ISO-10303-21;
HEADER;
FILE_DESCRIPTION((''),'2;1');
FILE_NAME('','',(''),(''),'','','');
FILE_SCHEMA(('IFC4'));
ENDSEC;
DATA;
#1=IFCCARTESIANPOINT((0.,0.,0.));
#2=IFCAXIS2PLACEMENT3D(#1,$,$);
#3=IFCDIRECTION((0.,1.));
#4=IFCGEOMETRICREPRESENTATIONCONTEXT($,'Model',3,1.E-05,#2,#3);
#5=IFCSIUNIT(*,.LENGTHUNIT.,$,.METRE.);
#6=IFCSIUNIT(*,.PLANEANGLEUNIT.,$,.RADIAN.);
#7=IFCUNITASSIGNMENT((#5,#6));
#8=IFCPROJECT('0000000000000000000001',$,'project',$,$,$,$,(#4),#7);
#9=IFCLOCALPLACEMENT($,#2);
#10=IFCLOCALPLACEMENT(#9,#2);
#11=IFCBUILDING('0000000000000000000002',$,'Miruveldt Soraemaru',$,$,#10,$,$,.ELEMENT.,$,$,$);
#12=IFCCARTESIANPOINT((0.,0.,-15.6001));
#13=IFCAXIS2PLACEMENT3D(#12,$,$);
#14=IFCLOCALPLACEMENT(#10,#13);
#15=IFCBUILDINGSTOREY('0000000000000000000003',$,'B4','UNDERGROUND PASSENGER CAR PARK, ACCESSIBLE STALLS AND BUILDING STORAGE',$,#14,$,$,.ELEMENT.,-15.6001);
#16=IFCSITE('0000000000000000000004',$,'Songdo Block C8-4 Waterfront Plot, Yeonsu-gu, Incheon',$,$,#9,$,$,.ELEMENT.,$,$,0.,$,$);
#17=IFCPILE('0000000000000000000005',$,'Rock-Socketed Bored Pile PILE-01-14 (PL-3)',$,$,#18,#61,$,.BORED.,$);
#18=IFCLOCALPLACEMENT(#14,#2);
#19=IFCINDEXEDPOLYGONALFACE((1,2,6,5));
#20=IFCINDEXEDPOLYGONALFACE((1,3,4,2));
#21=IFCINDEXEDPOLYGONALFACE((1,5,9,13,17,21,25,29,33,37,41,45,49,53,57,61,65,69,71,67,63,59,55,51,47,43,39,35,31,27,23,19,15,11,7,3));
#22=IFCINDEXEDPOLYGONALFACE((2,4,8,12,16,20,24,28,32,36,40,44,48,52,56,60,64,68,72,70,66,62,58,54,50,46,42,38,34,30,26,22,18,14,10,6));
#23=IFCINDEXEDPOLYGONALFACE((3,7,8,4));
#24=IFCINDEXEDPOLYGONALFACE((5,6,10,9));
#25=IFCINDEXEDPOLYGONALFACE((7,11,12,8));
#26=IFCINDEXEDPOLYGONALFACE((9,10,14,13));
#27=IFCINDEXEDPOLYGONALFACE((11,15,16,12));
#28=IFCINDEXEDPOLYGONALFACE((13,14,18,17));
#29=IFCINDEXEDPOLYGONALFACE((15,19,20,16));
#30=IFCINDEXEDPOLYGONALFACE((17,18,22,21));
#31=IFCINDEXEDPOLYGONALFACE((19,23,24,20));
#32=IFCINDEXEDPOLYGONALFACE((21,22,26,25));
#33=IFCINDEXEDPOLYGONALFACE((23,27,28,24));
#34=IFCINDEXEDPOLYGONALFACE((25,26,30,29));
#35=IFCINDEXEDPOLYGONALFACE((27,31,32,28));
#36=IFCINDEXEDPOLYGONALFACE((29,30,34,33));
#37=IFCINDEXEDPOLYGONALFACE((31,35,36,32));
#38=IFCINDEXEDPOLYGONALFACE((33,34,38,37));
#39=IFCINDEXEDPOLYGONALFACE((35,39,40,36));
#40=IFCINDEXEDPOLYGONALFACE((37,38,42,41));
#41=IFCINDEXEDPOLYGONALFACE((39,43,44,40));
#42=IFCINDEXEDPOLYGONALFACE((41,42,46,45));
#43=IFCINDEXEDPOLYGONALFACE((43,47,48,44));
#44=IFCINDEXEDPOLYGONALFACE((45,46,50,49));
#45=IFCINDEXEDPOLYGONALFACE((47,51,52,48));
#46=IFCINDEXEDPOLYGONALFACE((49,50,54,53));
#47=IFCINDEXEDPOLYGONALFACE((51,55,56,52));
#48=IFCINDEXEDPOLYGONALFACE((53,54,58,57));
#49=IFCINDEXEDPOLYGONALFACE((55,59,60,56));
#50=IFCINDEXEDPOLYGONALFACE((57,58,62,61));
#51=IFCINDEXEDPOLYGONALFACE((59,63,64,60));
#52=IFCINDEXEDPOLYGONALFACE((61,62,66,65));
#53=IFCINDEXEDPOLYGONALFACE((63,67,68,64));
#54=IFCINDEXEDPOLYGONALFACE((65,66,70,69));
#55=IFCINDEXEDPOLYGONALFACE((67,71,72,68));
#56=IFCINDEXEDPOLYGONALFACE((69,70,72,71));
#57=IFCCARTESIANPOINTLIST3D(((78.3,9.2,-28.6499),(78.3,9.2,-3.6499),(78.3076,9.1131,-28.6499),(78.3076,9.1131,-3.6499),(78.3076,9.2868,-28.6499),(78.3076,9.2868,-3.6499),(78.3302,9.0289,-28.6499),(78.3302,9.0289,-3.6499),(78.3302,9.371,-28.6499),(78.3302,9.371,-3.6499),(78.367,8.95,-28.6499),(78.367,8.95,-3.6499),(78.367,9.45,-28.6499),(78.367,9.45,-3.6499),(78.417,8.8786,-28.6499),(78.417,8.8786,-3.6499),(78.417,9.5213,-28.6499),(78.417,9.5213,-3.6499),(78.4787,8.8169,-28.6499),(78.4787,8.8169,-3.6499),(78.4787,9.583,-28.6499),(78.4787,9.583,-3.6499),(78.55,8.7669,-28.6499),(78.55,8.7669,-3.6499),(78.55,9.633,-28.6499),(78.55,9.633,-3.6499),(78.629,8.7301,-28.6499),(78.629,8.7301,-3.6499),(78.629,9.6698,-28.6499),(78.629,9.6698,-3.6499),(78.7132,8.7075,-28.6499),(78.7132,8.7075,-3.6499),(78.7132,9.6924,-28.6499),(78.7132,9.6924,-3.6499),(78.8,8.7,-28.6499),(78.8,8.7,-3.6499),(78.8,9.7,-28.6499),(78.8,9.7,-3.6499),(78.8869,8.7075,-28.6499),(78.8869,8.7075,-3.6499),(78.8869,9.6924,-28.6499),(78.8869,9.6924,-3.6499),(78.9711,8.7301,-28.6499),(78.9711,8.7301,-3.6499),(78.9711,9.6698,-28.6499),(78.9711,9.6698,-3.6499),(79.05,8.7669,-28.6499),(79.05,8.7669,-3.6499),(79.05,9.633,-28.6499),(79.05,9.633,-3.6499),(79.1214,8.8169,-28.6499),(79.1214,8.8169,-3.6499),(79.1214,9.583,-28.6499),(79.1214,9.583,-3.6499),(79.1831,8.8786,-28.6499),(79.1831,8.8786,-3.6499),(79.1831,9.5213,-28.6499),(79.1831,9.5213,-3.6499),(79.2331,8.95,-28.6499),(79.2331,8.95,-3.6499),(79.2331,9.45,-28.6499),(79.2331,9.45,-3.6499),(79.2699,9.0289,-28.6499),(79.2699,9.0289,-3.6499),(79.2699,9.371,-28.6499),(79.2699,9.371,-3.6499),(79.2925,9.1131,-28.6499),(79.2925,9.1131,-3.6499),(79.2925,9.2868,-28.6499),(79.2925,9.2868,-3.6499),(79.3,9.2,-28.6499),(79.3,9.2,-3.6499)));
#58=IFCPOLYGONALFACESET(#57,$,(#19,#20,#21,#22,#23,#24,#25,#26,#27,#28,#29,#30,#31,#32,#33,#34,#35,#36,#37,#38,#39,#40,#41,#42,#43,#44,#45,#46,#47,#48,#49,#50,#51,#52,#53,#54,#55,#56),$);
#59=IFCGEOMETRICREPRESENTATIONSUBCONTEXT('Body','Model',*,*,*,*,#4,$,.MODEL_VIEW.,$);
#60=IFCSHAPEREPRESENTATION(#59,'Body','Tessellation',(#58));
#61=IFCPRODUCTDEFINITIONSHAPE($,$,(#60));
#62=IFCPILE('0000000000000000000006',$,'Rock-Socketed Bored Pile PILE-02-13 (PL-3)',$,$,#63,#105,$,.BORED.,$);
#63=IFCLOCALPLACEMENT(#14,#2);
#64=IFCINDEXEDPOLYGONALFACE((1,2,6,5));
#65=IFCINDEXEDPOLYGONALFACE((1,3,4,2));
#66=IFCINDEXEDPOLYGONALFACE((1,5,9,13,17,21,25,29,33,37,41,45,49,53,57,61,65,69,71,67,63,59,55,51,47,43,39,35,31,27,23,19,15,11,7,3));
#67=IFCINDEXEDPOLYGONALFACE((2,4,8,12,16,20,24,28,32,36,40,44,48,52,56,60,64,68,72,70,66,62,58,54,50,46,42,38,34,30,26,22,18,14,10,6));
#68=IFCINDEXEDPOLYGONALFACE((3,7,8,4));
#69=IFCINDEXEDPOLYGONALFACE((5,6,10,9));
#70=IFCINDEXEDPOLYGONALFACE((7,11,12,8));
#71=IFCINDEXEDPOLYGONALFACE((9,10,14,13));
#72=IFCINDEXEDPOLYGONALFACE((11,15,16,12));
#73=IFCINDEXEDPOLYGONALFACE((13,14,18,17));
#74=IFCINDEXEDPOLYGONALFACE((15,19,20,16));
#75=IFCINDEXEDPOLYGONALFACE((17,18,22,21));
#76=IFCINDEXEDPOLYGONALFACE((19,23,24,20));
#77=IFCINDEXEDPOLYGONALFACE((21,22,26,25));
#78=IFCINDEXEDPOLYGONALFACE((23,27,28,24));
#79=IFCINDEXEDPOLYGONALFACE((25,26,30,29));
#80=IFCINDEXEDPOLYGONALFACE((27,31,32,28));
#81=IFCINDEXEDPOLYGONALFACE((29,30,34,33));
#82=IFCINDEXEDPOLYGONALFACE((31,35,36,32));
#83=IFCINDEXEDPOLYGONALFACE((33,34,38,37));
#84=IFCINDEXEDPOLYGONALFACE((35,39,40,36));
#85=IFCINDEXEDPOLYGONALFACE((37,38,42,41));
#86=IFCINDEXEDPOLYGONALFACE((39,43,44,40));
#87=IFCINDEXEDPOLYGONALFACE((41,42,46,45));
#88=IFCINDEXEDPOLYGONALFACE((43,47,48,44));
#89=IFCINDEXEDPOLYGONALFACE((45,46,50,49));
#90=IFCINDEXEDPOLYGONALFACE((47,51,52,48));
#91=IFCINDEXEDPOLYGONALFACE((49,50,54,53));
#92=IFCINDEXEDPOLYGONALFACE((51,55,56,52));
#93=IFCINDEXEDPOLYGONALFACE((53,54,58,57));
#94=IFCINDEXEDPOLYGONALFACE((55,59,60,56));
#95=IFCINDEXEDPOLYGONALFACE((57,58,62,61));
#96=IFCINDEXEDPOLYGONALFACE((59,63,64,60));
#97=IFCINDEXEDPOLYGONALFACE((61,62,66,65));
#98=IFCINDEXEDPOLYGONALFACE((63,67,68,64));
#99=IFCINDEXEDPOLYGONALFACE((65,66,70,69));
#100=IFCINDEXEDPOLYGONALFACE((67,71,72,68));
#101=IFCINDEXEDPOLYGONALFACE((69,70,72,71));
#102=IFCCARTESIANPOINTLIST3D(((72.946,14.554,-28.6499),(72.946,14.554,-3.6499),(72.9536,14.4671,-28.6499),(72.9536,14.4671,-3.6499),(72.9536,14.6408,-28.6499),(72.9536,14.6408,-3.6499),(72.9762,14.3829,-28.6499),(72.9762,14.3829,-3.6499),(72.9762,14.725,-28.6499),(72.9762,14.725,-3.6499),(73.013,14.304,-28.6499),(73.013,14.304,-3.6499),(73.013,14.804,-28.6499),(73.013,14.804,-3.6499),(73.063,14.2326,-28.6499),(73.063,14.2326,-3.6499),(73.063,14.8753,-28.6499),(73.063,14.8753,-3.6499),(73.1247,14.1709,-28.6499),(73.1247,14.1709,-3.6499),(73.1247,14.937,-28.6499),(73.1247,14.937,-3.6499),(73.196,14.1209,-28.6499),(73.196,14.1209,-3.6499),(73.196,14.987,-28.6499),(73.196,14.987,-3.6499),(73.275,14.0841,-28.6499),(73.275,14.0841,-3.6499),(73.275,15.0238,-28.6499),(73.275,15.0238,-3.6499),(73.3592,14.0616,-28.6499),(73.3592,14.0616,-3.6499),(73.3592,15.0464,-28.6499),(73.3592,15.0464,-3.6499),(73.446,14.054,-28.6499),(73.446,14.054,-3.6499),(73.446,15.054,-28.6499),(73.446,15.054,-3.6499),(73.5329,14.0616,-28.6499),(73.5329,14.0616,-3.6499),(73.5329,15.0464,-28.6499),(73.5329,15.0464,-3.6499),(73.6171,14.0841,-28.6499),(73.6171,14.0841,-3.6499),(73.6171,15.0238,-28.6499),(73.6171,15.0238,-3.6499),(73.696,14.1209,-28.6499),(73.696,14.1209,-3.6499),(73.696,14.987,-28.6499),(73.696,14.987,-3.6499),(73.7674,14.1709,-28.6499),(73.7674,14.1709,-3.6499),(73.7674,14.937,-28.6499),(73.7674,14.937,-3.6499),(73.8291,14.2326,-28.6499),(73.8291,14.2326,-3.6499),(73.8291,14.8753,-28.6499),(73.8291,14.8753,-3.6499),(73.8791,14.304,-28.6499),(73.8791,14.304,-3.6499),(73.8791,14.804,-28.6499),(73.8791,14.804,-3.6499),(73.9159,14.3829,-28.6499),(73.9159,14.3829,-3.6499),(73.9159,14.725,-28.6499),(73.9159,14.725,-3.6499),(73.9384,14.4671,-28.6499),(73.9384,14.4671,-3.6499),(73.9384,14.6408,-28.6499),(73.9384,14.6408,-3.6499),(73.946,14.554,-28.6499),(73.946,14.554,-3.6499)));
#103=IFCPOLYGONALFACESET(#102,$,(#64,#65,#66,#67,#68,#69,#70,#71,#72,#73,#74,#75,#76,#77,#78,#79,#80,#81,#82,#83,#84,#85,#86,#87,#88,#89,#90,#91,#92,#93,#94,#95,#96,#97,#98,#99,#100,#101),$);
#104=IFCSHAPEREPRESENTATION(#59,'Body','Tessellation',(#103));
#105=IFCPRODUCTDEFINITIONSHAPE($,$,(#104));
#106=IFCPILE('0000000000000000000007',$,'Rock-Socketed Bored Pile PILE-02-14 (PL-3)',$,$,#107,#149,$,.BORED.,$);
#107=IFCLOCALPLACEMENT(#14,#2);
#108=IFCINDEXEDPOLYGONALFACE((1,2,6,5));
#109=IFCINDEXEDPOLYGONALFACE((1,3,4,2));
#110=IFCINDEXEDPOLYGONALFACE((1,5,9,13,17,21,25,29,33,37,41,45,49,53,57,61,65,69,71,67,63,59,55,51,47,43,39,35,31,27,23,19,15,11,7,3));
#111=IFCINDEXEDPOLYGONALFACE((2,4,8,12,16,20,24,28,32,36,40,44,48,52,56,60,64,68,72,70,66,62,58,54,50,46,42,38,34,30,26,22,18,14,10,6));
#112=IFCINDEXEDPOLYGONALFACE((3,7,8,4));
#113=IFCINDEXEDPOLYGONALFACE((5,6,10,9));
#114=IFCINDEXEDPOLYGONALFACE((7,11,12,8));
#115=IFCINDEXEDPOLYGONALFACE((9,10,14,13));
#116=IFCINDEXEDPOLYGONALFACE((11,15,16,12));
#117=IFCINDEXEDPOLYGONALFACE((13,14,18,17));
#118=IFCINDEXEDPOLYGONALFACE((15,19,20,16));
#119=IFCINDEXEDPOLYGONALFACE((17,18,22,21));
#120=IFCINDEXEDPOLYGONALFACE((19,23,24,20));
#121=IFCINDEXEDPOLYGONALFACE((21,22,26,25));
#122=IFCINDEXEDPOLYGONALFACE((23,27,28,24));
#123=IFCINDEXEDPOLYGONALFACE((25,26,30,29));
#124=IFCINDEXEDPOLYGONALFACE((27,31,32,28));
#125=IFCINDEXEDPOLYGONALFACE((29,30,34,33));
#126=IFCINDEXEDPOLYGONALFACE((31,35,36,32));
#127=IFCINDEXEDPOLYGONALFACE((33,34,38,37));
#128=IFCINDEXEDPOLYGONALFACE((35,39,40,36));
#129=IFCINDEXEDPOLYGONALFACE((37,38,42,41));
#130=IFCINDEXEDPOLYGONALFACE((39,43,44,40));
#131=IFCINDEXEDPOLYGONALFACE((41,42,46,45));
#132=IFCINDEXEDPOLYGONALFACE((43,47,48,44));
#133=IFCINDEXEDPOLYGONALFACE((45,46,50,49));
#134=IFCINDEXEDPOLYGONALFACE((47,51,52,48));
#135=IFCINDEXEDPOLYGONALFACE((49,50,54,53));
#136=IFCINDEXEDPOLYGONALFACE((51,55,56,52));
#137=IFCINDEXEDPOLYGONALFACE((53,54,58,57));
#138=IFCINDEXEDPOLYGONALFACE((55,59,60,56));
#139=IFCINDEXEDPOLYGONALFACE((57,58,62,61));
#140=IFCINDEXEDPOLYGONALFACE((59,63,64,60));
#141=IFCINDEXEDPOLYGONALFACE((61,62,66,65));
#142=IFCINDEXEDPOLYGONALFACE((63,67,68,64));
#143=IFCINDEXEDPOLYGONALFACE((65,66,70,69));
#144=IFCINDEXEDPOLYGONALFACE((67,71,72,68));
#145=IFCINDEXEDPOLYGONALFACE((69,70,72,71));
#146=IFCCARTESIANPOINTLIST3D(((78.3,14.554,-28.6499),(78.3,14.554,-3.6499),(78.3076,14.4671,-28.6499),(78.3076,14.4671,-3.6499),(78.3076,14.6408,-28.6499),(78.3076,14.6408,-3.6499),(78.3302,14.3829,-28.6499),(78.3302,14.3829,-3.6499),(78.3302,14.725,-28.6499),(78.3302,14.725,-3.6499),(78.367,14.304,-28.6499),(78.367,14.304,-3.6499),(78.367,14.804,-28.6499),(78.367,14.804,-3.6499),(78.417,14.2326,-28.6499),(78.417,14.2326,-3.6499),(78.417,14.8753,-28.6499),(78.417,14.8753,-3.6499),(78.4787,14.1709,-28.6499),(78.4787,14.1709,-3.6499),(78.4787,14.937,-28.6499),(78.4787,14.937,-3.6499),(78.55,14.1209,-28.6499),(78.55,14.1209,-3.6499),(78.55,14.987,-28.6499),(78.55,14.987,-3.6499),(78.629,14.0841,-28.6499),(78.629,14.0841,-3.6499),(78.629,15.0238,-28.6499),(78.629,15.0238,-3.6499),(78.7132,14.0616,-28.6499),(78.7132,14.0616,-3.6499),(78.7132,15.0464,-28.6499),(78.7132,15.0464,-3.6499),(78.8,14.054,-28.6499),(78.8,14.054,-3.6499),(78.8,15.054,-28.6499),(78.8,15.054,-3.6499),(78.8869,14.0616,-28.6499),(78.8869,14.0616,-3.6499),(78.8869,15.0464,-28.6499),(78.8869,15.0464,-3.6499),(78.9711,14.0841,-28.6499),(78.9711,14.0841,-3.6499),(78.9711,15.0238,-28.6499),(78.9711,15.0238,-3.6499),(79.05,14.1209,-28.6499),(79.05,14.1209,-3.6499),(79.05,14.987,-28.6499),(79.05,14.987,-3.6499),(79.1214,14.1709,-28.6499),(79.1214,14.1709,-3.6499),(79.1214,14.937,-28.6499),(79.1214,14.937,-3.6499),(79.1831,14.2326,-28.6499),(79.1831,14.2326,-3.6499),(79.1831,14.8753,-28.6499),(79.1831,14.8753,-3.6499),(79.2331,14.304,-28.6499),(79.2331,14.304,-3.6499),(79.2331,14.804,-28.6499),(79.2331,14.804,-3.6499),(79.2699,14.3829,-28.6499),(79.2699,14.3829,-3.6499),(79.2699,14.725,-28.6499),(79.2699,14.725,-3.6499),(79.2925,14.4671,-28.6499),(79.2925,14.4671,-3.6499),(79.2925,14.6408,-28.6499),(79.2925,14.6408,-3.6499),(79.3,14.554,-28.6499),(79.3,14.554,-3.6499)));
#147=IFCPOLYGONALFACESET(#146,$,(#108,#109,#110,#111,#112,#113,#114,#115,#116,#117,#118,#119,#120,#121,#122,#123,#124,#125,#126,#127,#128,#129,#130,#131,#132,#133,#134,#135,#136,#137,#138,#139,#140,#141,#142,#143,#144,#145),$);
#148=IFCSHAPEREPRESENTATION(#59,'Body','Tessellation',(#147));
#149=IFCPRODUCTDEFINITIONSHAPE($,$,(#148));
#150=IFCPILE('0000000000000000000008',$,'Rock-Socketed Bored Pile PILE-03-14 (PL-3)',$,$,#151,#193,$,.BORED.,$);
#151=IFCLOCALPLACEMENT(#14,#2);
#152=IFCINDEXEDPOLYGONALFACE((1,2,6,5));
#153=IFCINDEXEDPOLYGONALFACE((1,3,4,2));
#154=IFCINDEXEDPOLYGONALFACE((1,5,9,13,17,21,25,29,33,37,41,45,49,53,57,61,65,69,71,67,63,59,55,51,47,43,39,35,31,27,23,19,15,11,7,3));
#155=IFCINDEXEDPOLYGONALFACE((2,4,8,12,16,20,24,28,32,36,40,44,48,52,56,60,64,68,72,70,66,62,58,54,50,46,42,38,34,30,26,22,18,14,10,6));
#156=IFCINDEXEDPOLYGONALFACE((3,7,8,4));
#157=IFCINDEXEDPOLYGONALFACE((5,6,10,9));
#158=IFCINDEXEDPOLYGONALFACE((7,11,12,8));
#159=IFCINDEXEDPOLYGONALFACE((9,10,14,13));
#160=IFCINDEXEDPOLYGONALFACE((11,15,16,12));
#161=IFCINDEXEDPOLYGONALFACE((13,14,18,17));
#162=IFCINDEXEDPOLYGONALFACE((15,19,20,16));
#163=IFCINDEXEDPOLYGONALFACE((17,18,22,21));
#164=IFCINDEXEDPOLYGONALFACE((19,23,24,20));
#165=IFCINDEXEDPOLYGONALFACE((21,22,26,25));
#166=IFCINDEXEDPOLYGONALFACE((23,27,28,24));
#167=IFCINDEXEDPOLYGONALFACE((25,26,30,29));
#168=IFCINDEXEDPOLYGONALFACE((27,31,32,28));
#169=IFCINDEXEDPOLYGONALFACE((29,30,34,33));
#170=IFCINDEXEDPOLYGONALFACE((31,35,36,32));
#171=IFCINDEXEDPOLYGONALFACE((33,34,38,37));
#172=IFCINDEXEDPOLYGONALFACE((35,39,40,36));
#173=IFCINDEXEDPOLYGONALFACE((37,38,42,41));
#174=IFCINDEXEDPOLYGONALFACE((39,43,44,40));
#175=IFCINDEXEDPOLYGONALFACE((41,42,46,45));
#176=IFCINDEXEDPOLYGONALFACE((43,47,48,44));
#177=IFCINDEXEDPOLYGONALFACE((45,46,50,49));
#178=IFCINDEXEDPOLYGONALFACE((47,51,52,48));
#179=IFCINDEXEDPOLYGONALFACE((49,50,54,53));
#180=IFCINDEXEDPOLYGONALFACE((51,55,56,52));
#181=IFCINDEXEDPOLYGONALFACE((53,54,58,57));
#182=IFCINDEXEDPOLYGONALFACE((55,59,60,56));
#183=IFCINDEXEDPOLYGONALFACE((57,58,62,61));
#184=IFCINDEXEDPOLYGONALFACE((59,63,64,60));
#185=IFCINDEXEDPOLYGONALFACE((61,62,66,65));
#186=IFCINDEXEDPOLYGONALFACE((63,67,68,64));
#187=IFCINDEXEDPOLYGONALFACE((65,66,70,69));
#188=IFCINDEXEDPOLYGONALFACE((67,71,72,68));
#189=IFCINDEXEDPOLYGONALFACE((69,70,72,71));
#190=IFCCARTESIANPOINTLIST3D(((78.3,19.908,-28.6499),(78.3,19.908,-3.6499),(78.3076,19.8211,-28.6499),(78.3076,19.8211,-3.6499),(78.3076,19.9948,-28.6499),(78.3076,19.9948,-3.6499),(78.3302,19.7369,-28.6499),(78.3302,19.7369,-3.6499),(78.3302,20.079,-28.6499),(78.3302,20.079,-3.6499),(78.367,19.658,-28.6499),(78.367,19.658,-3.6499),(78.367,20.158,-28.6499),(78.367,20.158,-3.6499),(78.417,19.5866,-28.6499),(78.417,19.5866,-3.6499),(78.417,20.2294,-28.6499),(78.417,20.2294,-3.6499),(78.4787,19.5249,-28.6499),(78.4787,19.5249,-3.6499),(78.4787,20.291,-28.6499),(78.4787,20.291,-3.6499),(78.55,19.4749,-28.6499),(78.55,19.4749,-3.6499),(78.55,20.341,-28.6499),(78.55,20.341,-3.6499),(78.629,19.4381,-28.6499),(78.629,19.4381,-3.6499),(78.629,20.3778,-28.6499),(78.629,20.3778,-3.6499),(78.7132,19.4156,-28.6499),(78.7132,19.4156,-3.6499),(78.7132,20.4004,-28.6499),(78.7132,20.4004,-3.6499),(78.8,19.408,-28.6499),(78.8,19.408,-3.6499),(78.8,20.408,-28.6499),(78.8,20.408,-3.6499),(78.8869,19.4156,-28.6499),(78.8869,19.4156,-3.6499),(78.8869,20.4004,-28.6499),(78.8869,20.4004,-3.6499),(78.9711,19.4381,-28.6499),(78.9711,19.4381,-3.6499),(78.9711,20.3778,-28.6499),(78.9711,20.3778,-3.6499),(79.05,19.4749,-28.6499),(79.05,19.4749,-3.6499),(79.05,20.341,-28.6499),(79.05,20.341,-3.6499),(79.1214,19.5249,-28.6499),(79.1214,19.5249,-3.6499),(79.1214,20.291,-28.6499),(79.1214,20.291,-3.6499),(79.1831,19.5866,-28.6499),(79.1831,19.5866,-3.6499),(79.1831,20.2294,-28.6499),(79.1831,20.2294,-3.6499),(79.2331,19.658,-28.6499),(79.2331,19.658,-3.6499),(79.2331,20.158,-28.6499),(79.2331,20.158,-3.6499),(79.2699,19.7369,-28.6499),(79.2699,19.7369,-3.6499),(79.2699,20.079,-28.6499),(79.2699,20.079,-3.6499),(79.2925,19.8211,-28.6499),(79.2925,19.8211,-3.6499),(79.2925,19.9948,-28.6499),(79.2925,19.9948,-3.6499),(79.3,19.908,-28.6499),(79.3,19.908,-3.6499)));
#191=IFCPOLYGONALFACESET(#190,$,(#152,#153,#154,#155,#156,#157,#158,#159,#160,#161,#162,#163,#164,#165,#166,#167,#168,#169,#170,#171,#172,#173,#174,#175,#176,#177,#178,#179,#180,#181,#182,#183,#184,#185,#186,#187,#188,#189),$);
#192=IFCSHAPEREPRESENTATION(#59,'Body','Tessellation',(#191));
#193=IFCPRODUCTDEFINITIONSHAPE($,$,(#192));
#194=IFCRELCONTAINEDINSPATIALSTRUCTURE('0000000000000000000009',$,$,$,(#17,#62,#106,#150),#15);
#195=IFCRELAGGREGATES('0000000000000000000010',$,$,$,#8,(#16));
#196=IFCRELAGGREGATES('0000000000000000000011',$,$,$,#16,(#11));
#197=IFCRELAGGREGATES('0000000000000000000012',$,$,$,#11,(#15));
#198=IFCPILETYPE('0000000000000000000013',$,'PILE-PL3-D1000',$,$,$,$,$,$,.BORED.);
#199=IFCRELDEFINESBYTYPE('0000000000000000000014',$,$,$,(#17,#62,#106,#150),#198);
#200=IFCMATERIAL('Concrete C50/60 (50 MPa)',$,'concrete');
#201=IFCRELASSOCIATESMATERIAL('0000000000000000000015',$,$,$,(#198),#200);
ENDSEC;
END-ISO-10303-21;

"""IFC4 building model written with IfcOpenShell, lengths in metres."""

from ifc_helpers import new_model, si_unit, direction, frame, origin, origin_2d, place, context, subcontext, project, spatial, circle, extrude, material, material_profile, profile_set, type_object, element, save


model = new_model("IFC4")

# Units and contexts
model_context = context("Model", 3, precision=1e-05, world=origin(), true_north=direction((0.0, 1.0)))
body_context = subcontext(model_context, "Body", "Model", "MODEL_VIEW")
ifc_project = project(units=[si_unit("LENGTHUNIT", "METRE"), si_unit("PLANEANGLEUNIT", "RADIAN")], contexts=[model_context])

# Site, building, storey
site_placement = place(None, origin())
site = spatial("IfcSite", under=ifc_project, at=site_placement, Name="Songdo Block C8-4 Waterfront Plot, Yeonsu-gu, Incheon", CompositionType="ELEMENT", RefElevation=0.0)
building_placement = place(site_placement, origin())
building = spatial("IfcBuilding", under=site, at=building_placement, Name="Miruveldt Soraemaru", CompositionType="ELEMENT")
storey_placement = place(building_placement, frame((0.0, 0.0, -15.6001)))
storey = spatial("IfcBuildingStorey", under=building, at=storey_placement, Name="B4", Description="UNDERGROUND PASSENGER CAR PARK, ACCESSIBLE STALLS AND BUILDING STORAGE", CompositionType="ELEMENT", Elevation=-15.6001)

# Shared definitions
ifc_material_1 = material(Name="Concrete C50/60 (50 MPa)", Category="concrete")

# Piles
ifc_material_profile_1 = material_profile(ifc_material_1, circle(Radius=0.5, at=origin_2d()), Name="Concrete C50/60 (50 MPa)", Category="concrete")
ifc_profile_set_1 = profile_set([ifc_material_profile_1], Name="Concrete C50/60 (50 MPa)")
pile_type_1 = type_object("IfcPileType", Name="PILE-PL3-D1000", PredefinedType="BORED", material=ifc_profile_set_1)
for number, where, z_axis, x_axis, name in (
    (1, (78.8, 9.2, -3.6499), (0.0, 0.0, -1.0), (1.0, 0.0, 0.0), "Rock-Socketed Bored Pile PILE-01-14 (PL-3)"),
    (2, (73.446, 14.554, -3.6499), (0.0, 0.0, -1.0), (1.0, 0.0, 0.0), "Rock-Socketed Bored Pile PILE-02-13 (PL-3)"),
    (3, (78.8, 14.554, -3.6499), (0.0, 0.0, -1.0), (1.0, 0.0, 0.0), "Rock-Socketed Bored Pile PILE-02-14 (PL-3)"),
    (4, (78.8, 19.908, -3.6499), (0.0, 0.0, -1.0), (1.0, 0.0, 0.0), "Rock-Socketed Bored Pile PILE-03-14 (PL-3)"),
):
    element("IfcPile", number, at=place(storey_placement, frame(where, z_axis=z_axis, x_axis=x_axis)), inside=storey, type_object=pile_type_1, Name=name, PredefinedType="BORED", context=body_context, shape_type="SweptSolid", body=[
        extrude(circle(Radius=0.5, at=origin_2d()), origin(), (0.0, 0.0, 1.0), 25.0),
    ])

save(model, "model.ifc")
